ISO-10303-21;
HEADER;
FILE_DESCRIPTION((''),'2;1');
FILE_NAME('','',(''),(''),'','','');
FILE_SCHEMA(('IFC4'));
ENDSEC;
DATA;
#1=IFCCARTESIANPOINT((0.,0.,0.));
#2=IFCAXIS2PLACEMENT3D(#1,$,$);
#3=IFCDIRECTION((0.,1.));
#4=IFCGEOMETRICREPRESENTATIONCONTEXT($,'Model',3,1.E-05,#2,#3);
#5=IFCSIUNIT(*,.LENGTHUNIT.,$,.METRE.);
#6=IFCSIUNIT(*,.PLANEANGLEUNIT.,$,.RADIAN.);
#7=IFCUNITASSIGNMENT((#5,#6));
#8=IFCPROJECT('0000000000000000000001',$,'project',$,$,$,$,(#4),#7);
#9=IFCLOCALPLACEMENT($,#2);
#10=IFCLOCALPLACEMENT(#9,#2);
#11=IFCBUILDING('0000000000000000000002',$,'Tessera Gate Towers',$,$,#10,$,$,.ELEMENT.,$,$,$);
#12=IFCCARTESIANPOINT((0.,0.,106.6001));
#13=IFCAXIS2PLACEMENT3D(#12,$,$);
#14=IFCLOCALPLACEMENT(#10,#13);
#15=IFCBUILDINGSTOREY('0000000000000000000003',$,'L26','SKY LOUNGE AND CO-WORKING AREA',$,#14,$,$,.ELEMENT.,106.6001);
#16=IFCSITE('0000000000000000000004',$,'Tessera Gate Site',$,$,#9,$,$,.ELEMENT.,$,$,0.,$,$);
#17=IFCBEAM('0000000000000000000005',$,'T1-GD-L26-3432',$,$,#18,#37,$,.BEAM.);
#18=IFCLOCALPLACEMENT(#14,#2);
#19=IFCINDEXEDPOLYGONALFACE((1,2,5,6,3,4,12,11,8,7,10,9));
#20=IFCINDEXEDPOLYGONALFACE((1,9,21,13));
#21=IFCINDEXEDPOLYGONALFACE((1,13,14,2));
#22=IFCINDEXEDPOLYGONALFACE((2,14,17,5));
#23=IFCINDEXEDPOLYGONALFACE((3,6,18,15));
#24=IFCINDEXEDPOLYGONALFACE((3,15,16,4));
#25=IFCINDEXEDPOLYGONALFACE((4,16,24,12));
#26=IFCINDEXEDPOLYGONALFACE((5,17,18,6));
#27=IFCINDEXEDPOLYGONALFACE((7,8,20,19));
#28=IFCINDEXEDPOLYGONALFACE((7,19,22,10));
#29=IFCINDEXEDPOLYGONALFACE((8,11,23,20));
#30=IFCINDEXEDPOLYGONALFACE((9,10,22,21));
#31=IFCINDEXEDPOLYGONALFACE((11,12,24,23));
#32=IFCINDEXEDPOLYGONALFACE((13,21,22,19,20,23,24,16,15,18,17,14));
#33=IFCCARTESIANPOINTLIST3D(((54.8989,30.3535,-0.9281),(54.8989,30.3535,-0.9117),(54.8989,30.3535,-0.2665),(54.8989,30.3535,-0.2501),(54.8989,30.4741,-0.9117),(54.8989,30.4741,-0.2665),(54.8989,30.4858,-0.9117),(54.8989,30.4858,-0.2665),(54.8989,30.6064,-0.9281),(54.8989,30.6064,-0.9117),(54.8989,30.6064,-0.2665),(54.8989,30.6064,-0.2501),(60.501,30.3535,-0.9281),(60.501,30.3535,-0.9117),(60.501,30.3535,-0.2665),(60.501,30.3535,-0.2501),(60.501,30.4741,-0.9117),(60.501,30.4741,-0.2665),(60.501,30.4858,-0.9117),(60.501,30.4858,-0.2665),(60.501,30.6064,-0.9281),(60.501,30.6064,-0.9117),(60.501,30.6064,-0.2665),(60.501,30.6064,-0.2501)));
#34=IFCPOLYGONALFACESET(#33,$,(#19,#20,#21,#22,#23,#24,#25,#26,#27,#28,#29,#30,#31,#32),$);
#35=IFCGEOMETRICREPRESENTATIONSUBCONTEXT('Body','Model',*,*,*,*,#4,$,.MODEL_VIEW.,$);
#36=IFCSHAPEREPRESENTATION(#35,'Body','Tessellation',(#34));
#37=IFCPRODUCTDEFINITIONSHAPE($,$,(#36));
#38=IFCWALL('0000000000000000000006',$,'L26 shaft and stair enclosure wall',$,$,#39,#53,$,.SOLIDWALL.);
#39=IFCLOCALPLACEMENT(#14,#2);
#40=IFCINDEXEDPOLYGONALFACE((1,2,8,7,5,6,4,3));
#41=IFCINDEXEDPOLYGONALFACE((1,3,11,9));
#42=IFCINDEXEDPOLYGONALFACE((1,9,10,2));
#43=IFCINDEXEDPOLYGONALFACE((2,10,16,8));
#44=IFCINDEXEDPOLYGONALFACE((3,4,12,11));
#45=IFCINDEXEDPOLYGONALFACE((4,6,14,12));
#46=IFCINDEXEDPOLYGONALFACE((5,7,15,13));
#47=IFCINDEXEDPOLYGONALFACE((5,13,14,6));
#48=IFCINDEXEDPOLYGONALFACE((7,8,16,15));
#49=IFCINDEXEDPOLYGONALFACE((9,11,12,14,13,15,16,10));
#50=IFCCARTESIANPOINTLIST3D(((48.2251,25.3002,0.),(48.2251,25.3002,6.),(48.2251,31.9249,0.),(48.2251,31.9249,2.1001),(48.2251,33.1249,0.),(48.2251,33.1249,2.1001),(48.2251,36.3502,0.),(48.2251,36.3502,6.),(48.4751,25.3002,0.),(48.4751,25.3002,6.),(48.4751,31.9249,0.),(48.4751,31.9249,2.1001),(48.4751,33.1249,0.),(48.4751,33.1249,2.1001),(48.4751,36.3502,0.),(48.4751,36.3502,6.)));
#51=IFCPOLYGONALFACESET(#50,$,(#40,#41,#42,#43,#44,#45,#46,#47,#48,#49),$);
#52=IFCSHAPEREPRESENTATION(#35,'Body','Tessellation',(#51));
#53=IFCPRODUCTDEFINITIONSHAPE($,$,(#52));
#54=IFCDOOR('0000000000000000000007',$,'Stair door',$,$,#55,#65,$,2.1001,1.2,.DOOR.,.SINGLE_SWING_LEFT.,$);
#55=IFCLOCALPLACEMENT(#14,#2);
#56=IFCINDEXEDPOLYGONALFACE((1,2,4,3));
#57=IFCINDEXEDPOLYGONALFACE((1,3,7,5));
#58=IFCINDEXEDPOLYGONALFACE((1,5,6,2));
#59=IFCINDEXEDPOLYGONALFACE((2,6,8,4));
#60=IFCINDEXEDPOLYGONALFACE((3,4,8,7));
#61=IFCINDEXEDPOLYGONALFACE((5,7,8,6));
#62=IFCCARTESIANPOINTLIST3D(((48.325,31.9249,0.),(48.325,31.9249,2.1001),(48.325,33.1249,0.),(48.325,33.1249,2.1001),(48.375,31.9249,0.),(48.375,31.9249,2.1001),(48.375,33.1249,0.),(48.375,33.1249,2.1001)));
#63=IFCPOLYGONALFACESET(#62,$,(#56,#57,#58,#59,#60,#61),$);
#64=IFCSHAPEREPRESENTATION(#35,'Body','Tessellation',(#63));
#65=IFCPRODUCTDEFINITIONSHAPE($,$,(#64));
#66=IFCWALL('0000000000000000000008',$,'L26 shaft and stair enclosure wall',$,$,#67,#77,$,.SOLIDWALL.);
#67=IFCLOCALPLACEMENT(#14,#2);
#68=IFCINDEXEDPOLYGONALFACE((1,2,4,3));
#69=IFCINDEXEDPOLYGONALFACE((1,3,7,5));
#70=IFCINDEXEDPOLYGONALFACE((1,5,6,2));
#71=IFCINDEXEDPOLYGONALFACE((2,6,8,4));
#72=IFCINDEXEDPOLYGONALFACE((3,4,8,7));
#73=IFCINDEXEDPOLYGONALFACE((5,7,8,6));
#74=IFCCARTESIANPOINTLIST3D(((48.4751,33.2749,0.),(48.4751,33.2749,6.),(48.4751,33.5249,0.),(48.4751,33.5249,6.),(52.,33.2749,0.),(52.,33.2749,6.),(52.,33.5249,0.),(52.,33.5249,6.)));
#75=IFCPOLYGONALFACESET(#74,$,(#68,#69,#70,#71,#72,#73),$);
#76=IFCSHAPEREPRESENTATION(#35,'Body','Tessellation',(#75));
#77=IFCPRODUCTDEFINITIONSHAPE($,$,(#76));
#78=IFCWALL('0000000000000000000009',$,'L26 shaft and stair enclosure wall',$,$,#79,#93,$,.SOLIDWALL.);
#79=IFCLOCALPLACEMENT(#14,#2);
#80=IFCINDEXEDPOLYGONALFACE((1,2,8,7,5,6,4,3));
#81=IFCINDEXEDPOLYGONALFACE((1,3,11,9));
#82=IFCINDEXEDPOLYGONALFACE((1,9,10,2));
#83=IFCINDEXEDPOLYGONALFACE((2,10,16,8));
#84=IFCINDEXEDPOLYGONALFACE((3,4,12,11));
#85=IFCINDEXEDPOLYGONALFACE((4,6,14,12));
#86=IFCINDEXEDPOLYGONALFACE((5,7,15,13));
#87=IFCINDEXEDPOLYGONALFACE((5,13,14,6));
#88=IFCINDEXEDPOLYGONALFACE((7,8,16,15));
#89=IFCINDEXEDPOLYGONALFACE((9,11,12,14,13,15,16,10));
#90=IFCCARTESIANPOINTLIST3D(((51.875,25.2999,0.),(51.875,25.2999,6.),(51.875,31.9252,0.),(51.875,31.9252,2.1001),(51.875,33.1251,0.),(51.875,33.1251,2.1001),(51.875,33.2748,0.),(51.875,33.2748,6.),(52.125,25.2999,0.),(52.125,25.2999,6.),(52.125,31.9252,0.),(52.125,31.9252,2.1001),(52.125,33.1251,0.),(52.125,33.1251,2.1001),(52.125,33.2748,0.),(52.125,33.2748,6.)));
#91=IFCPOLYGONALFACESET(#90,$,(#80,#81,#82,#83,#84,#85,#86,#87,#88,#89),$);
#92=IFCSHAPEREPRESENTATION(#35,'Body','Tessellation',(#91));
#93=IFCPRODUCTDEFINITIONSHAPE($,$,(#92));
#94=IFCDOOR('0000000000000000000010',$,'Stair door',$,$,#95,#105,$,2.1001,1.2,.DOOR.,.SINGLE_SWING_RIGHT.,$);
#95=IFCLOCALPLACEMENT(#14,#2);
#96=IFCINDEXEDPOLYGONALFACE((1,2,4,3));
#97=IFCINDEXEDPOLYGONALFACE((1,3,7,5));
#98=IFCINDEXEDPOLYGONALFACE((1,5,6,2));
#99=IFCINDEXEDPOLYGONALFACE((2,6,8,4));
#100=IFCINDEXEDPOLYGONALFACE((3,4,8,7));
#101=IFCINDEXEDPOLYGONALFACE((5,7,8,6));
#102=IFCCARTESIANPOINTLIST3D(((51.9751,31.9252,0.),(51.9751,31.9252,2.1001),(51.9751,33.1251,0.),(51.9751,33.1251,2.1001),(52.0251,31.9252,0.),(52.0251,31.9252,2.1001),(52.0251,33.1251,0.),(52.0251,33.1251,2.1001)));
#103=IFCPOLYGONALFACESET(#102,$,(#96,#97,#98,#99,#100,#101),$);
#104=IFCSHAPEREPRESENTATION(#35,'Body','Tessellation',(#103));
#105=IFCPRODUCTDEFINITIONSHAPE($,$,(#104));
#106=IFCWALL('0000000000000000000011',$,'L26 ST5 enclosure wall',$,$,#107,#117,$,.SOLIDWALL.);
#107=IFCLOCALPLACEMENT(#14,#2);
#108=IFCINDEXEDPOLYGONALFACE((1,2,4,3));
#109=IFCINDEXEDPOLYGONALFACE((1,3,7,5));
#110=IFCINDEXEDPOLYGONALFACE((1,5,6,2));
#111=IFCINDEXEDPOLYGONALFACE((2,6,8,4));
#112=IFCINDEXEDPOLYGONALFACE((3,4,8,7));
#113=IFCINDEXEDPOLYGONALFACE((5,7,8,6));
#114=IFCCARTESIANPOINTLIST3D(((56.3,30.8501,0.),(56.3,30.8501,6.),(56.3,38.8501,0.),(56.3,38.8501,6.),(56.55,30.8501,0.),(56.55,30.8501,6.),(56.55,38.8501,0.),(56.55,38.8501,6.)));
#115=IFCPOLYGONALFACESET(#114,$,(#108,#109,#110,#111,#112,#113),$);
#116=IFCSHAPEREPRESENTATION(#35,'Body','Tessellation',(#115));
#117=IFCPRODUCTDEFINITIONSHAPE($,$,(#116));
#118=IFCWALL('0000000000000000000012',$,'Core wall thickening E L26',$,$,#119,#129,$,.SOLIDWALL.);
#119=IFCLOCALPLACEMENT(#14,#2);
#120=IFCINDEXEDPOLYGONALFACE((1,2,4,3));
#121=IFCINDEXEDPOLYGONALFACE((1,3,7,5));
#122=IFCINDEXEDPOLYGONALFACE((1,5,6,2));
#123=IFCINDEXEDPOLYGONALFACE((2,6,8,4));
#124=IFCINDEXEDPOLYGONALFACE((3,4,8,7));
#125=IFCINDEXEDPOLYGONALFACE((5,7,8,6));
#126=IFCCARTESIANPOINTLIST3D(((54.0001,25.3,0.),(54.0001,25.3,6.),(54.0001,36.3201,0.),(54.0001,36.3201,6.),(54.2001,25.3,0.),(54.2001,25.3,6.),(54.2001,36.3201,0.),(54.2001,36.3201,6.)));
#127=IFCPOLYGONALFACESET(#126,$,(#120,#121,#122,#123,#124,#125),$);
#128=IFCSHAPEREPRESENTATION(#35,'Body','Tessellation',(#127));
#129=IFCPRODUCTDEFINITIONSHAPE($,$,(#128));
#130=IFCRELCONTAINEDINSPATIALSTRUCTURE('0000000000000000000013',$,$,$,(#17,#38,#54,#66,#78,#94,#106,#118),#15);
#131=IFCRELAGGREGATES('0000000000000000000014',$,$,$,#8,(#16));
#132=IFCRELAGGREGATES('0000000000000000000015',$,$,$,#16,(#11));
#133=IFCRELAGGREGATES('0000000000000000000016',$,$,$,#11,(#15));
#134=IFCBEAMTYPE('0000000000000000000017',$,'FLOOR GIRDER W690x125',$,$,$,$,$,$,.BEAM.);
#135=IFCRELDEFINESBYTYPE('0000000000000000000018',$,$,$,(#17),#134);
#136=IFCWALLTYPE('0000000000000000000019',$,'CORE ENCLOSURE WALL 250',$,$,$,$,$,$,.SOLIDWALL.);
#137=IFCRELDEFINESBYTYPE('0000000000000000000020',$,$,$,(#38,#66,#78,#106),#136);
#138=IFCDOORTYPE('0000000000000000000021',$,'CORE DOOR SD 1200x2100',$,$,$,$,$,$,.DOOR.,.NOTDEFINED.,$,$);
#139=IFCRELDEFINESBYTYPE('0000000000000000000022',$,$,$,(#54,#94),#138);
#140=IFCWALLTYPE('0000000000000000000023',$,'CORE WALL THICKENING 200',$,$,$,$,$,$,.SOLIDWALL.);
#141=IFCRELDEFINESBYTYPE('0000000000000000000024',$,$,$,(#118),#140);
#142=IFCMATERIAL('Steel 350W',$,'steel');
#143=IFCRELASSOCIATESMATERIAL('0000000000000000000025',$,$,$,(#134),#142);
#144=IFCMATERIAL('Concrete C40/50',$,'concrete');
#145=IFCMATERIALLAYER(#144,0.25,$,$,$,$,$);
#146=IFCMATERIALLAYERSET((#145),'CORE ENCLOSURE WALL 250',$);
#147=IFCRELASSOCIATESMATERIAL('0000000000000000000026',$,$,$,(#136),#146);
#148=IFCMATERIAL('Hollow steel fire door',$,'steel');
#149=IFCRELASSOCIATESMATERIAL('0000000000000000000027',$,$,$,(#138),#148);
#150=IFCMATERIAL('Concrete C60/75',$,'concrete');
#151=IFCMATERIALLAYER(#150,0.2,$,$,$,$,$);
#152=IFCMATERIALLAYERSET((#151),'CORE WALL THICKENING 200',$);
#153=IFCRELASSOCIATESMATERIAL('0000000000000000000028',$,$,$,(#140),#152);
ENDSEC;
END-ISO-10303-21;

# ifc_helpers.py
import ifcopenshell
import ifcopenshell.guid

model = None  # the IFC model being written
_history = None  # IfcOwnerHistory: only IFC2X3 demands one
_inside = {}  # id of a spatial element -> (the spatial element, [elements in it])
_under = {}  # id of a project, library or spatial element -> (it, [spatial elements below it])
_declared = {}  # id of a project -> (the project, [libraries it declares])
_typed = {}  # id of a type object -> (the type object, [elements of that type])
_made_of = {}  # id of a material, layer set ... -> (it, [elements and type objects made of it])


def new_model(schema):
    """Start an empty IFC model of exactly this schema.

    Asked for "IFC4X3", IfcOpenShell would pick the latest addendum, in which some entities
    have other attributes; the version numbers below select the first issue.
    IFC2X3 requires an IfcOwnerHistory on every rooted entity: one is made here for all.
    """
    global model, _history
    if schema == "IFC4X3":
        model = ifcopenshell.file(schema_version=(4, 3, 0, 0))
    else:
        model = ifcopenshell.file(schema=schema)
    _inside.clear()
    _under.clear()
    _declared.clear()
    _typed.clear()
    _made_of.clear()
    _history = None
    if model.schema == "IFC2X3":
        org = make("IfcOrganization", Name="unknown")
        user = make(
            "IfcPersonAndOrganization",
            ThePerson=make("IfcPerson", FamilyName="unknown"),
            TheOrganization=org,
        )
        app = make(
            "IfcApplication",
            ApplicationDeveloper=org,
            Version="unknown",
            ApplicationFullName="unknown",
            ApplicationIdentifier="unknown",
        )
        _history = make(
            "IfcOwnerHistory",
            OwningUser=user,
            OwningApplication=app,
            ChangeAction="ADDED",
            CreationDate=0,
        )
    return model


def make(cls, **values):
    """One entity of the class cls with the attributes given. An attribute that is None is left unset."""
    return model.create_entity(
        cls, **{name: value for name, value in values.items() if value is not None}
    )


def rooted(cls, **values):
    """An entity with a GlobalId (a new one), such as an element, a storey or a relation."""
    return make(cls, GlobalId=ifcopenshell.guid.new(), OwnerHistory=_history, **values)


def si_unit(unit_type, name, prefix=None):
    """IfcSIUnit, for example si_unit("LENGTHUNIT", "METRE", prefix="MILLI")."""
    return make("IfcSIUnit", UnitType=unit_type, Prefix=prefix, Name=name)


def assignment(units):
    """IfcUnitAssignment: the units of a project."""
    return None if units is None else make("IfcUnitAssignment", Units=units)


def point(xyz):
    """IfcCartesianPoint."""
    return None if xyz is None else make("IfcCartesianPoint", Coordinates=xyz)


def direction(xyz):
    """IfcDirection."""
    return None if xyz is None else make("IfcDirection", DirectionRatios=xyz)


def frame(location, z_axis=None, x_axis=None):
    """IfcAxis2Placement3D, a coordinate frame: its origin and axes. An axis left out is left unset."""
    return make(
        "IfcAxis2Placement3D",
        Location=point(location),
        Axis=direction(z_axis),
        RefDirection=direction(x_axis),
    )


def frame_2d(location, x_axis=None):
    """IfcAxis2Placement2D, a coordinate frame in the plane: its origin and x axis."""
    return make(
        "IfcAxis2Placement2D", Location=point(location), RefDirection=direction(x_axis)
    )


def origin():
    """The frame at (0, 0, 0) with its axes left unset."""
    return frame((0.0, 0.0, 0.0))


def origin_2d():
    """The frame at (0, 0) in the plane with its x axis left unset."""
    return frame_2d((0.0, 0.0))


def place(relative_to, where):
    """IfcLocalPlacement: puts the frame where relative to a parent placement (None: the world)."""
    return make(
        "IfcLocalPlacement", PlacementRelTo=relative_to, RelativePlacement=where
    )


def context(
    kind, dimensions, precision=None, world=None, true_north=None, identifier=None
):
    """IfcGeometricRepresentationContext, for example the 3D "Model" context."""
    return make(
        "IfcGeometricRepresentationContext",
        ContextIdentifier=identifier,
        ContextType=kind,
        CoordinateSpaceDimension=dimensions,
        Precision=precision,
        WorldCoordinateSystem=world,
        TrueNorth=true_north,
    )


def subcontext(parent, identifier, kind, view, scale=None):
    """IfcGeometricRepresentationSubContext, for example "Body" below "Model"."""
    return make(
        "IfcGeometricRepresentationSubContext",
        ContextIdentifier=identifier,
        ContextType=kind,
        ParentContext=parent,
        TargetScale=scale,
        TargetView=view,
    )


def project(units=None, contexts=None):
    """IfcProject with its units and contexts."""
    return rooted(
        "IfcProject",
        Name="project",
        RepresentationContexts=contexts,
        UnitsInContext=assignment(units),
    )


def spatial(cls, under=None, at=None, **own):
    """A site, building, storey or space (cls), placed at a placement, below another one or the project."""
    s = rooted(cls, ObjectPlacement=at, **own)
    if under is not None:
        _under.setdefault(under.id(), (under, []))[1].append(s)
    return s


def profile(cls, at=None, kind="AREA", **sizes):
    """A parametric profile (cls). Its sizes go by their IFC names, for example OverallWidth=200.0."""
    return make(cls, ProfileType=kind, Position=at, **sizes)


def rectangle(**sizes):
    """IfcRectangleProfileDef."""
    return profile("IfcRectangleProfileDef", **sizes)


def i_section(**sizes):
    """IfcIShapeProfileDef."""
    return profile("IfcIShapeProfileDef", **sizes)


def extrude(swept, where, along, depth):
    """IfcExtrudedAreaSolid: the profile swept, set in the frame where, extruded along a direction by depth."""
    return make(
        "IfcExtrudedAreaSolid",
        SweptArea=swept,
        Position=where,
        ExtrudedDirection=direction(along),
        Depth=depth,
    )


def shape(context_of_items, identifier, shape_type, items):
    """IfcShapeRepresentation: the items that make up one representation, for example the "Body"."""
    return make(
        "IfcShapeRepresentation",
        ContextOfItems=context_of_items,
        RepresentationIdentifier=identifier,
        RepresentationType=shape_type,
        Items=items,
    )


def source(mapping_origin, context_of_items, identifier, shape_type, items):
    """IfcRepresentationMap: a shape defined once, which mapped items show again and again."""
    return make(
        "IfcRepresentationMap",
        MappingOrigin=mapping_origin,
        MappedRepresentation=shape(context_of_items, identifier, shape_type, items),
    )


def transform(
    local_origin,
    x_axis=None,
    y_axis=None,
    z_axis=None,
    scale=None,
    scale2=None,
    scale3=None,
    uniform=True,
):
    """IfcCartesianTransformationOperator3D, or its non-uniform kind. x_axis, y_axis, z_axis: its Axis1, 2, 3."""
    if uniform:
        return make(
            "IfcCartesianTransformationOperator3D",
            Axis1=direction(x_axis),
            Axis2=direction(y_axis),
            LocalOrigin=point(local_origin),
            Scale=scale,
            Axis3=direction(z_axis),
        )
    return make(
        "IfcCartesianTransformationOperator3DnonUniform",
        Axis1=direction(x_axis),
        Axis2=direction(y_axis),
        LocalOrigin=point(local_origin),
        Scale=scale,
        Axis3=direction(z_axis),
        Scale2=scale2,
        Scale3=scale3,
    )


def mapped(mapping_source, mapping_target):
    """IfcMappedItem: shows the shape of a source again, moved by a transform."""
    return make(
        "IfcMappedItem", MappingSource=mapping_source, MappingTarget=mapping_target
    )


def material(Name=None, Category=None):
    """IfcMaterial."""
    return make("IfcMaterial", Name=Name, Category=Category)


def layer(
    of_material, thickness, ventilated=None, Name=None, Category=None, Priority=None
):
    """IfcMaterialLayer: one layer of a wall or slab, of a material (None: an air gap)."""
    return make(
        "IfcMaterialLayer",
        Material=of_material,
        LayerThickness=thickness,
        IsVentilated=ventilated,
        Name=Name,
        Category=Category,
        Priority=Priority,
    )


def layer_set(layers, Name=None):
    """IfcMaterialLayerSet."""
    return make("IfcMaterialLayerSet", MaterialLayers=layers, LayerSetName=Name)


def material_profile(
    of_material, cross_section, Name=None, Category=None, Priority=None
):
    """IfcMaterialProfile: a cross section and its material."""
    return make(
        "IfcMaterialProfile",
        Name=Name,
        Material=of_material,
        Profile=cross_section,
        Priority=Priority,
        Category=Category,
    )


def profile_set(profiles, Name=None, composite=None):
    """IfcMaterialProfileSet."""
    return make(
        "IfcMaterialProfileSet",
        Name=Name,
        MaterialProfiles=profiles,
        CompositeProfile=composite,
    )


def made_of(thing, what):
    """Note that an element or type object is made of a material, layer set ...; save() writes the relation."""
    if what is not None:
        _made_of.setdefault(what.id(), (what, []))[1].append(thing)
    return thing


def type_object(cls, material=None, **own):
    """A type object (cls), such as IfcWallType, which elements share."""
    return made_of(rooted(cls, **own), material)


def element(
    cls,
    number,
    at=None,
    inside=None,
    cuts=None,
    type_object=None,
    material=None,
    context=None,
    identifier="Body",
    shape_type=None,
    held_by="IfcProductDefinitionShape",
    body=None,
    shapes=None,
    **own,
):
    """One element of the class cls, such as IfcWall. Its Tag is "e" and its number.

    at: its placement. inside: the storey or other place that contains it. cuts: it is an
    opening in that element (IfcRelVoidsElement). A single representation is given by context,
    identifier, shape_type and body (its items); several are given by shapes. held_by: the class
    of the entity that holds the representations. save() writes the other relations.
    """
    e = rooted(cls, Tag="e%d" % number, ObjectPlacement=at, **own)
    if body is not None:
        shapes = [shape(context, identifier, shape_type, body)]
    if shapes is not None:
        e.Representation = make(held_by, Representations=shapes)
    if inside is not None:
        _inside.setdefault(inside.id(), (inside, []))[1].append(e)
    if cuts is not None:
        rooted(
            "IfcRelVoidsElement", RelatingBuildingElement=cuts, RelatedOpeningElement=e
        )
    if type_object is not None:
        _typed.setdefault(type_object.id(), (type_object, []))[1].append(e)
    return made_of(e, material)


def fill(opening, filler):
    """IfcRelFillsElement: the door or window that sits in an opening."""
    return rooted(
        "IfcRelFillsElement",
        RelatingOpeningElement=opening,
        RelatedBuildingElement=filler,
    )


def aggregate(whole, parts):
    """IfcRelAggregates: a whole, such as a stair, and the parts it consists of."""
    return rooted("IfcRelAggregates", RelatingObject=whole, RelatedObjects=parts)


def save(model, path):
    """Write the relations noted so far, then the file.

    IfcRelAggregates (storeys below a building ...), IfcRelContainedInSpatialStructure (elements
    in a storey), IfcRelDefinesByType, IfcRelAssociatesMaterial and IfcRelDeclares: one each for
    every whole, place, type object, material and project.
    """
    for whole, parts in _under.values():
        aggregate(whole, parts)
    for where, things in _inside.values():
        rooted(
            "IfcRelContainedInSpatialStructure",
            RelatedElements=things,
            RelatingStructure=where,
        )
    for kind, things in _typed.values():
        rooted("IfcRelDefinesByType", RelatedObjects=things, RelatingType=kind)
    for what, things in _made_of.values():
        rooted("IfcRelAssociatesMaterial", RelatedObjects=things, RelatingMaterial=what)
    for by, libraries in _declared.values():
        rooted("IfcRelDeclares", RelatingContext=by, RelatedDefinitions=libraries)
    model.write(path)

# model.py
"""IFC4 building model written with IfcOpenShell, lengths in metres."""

from ifc_helpers import new_model, si_unit, direction, frame, frame_2d, origin, origin_2d, place, context, subcontext, project, spatial, rectangle, i_section, extrude, source, transform, mapped, material, layer, layer_set, material_profile, profile_set, type_object, element, fill, save


model = new_model("IFC4")

# Units and contexts
model_context = context("Model", 3, precision=1e-05, world=origin(), true_north=direction((0.0, 1.0)))
body_context = subcontext(model_context, "Body", "Model", "MODEL_VIEW")
ifc_project = project(units=[si_unit("LENGTHUNIT", "METRE"), si_unit("PLANEANGLEUNIT", "RADIAN")], contexts=[model_context])

# Site, building, storey
site_placement = place(None, origin())
site = spatial("IfcSite", under=ifc_project, at=site_placement, Name="Tessera Gate Site", CompositionType="ELEMENT", RefElevation=0.0)
building_placement = place(site_placement, origin())
building = spatial("IfcBuilding", under=site, at=building_placement, Name="Tessera Gate Towers", CompositionType="ELEMENT")
storey_placement = place(building_placement, frame((0.0, 0.0, 106.6001)))
storey = spatial("IfcBuildingStorey", under=building, at=storey_placement, Name="L26", Description="SKY LOUNGE AND CO-WORKING AREA", CompositionType="ELEMENT", Elevation=106.6001)

# Beam
ifc_material_1 = material(Name="Steel 350W", Category="steel")
ifc_material_profile = material_profile(ifc_material_1, i_section(OverallWidth=0.2529, OverallDepth=0.678, WebThickness=0.0117, FlangeThickness=0.0164, at=origin_2d()), Name="W690x125")
ifc_profile_set = profile_set([ifc_material_profile], Name="Steel 350W")
beam_type = type_object("IfcBeamType", Name="FLOOR GIRDER W690x125", PredefinedType="BEAM", material=ifc_profile_set)
beam_placement = place(storey_placement, frame((54.8989, 30.48, -0.5891), z_axis=(1.0, 0.0, 0.0), x_axis=(0.0, 1.0, 0.0)))
element("IfcBeam", 1, at=beam_placement, inside=storey, type_object=beam_type, Name="T1-GD-L26-3432", PredefinedType="BEAM", context=body_context, shape_type="SweptSolid", body=[
    extrude(i_section(OverallWidth=0.2529, OverallDepth=0.678, WebThickness=0.0117, FlangeThickness=0.0164, at=origin_2d()), origin(), (0.0, 0.0, 1.0), 5.6021),
])

# Wall, opening, door
ifc_material_2 = material(Name="Concrete C40/50", Category="concrete")
ifc_layer_1 = layer(ifc_material_2, 0.25)
ifc_layer_set_1 = layer_set([ifc_layer_1], Name="CORE ENCLOSURE WALL 250")
wall_type_1 = type_object("IfcWallType", Name="CORE ENCLOSURE WALL 250", PredefinedType="SOLIDWALL", material=ifc_layer_set_1)
wall_1_placement = place(storey_placement, frame((48.3501, 36.3501, 0.0), z_axis=(0.0, 0.0, 1.0), x_axis=(0.0, -1.0, 0.0)))
wall_1 = element("IfcWall", 2, at=wall_1_placement, inside=storey, type_object=wall_type_1, Name="L26 shaft and stair enclosure wall", PredefinedType="SOLIDWALL", context=body_context, shape_type="SweptSolid", body=[
    extrude(rectangle(XDim=11.05, YDim=0.25, at=frame_2d((5.5249, 0.0))), origin(), (0.0, 0.0, 1.0), 6.0),
])
shared_shape_1 = source(origin(), body_context, "Body", "SweptSolid", [
    extrude(rectangle(XDim=1.2, YDim=2.1001, at=frame_2d((0.6001, 1.05))), frame((0.0, 0.135, 0.0), z_axis=(0.0, -1.0, 0.0), x_axis=(1.0, 0.0, 0.0)), (0.0, 0.0, 1.0), 0.27),
])
opening_1_placement = place(wall_1_placement, frame((3.2251, 0.0, 0.0)))
opening_1 = element("IfcOpeningElement", 3, at=opening_1_placement, cuts=wall_1, PredefinedType="OPENING", context=body_context, shape_type="MappedRepresentation", body=[
    mapped(shared_shape_1, transform((0.0, 0.0, 0.0), scale=1.0)),
])
ifc_material_3 = material(Name="Hollow steel fire door", Category="steel")
door_type_1 = type_object("IfcDoorType", Name="CORE DOOR SD 1200x2100", OperationType="NOTDEFINED", PredefinedType="DOOR", material=ifc_material_3)
shared_shape_2 = source(origin(), body_context, "Body", "SweptSolid", [
    extrude(rectangle(XDim=1.2, YDim=2.1001, at=frame_2d((0.6001, 1.05))), frame((0.0, 0.0249, 0.0), z_axis=(0.0, -1.0, 0.0), x_axis=(1.0, 0.0, 0.0)), (0.0, 0.0, 1.0), 0.05),
])
door_1_placement = place(opening_1_placement, origin())
door_1 = element("IfcDoor", 4, at=door_1_placement, inside=storey, type_object=door_type_1, Name="Stair door", OperationType="SINGLE_SWING_LEFT", OverallHeight=2.1001, OverallWidth=1.2, PredefinedType="DOOR", context=body_context, shape_type="MappedRepresentation", body=[
    mapped(shared_shape_2, transform((0.0, 0.0, 0.0), scale=1.0)),
])
fill(opening_1, door_1)

# Wall
wall_2_placement = place(storey_placement, frame((48.4751, 33.3999, 0.0), z_axis=(0.0, 0.0, 1.0), x_axis=(1.0, 0.0, 0.0)))
element("IfcWall", 5, at=wall_2_placement, inside=storey, type_object=wall_type_1, Name="L26 shaft and stair enclosure wall", PredefinedType="SOLIDWALL", context=body_context, shape_type="SweptSolid", body=[
    extrude(rectangle(XDim=3.5249, YDim=0.25, at=frame_2d((1.7625, 0.0))), origin(), (0.0, 0.0, 1.0), 6.0),
])

# Wall, opening, door
wall_3_placement = place(storey_placement, frame((52.0, 25.3, 0.0), z_axis=(0.0, 0.0, 1.0), x_axis=(0.0, 1.0, 0.0)))
wall_3 = element("IfcWall", 6, at=wall_3_placement, inside=storey, type_object=wall_type_1, Name="L26 shaft and stair enclosure wall", PredefinedType="SOLIDWALL", context=body_context, shape_type="SweptSolid", body=[
    extrude(rectangle(XDim=7.9749, YDim=0.25, at=frame_2d((3.9873, 0.0))), origin(), (0.0, 0.0, 1.0), 6.0),
])
opening_2_placement = place(wall_3_placement, frame((6.625, 0.0, 0.0)))
opening_2 = element("IfcOpeningElement", 7, at=opening_2_placement, cuts=wall_3, PredefinedType="OPENING", context=body_context, shape_type="MappedRepresentation", body=[
    mapped(shared_shape_1, transform((0.0, 0.0, 0.0), scale=1.0)),
])
door_2_placement = place(opening_2_placement, origin())
door_2 = element("IfcDoor", 8, at=door_2_placement, inside=storey, type_object=door_type_1, Name="Stair door", OperationType="SINGLE_SWING_RIGHT", OverallHeight=2.1001, OverallWidth=1.2, PredefinedType="DOOR", context=body_context, shape_type="MappedRepresentation", body=[
    mapped(shared_shape_2, transform((0.0, 0.0, 0.0), scale=1.0)),
])
fill(opening_2, door_2)

# Walls
wall_4_placement = place(storey_placement, frame((56.425, 30.8501, 0.0), z_axis=(0.0, 0.0, 1.0), x_axis=(0.0, 1.0, 0.0)))
element("IfcWall", 9, at=wall_4_placement, inside=storey, type_object=wall_type_1, Name="L26 ST5 enclosure wall", PredefinedType="SOLIDWALL", context=body_context, shape_type="SweptSolid", body=[
    extrude(rectangle(XDim=8.0, YDim=0.25, at=frame_2d((4.0, 0.0))), origin(), (0.0, 0.0, 1.0), 6.0),
])
ifc_material_4 = material(Name="Concrete C60/75", Category="concrete")
ifc_layer_2 = layer(ifc_material_4, 0.2)
ifc_layer_set_2 = layer_set([ifc_layer_2], Name="CORE WALL THICKENING 200")
wall_type_2 = type_object("IfcWallType", Name="CORE WALL THICKENING 200", PredefinedType="SOLIDWALL", material=ifc_layer_set_2)
wall_5_placement = place(storey_placement, frame((54.1001, 25.3, 0.0), z_axis=(0.0, 0.0, 1.0), x_axis=(0.0, 1.0, 0.0)))
element("IfcWall", 10, at=wall_5_placement, inside=storey, type_object=wall_type_2, Name="Core wall thickening E L26", PredefinedType="SOLIDWALL", context=body_context, shape_type="SweptSolid", body=[
    extrude(rectangle(XDim=11.02, YDim=0.2, at=frame_2d((5.51, 0.0))), origin(), (0.0, 0.0, 1.0), 6.0),
])

save(model, "model.ifc")
